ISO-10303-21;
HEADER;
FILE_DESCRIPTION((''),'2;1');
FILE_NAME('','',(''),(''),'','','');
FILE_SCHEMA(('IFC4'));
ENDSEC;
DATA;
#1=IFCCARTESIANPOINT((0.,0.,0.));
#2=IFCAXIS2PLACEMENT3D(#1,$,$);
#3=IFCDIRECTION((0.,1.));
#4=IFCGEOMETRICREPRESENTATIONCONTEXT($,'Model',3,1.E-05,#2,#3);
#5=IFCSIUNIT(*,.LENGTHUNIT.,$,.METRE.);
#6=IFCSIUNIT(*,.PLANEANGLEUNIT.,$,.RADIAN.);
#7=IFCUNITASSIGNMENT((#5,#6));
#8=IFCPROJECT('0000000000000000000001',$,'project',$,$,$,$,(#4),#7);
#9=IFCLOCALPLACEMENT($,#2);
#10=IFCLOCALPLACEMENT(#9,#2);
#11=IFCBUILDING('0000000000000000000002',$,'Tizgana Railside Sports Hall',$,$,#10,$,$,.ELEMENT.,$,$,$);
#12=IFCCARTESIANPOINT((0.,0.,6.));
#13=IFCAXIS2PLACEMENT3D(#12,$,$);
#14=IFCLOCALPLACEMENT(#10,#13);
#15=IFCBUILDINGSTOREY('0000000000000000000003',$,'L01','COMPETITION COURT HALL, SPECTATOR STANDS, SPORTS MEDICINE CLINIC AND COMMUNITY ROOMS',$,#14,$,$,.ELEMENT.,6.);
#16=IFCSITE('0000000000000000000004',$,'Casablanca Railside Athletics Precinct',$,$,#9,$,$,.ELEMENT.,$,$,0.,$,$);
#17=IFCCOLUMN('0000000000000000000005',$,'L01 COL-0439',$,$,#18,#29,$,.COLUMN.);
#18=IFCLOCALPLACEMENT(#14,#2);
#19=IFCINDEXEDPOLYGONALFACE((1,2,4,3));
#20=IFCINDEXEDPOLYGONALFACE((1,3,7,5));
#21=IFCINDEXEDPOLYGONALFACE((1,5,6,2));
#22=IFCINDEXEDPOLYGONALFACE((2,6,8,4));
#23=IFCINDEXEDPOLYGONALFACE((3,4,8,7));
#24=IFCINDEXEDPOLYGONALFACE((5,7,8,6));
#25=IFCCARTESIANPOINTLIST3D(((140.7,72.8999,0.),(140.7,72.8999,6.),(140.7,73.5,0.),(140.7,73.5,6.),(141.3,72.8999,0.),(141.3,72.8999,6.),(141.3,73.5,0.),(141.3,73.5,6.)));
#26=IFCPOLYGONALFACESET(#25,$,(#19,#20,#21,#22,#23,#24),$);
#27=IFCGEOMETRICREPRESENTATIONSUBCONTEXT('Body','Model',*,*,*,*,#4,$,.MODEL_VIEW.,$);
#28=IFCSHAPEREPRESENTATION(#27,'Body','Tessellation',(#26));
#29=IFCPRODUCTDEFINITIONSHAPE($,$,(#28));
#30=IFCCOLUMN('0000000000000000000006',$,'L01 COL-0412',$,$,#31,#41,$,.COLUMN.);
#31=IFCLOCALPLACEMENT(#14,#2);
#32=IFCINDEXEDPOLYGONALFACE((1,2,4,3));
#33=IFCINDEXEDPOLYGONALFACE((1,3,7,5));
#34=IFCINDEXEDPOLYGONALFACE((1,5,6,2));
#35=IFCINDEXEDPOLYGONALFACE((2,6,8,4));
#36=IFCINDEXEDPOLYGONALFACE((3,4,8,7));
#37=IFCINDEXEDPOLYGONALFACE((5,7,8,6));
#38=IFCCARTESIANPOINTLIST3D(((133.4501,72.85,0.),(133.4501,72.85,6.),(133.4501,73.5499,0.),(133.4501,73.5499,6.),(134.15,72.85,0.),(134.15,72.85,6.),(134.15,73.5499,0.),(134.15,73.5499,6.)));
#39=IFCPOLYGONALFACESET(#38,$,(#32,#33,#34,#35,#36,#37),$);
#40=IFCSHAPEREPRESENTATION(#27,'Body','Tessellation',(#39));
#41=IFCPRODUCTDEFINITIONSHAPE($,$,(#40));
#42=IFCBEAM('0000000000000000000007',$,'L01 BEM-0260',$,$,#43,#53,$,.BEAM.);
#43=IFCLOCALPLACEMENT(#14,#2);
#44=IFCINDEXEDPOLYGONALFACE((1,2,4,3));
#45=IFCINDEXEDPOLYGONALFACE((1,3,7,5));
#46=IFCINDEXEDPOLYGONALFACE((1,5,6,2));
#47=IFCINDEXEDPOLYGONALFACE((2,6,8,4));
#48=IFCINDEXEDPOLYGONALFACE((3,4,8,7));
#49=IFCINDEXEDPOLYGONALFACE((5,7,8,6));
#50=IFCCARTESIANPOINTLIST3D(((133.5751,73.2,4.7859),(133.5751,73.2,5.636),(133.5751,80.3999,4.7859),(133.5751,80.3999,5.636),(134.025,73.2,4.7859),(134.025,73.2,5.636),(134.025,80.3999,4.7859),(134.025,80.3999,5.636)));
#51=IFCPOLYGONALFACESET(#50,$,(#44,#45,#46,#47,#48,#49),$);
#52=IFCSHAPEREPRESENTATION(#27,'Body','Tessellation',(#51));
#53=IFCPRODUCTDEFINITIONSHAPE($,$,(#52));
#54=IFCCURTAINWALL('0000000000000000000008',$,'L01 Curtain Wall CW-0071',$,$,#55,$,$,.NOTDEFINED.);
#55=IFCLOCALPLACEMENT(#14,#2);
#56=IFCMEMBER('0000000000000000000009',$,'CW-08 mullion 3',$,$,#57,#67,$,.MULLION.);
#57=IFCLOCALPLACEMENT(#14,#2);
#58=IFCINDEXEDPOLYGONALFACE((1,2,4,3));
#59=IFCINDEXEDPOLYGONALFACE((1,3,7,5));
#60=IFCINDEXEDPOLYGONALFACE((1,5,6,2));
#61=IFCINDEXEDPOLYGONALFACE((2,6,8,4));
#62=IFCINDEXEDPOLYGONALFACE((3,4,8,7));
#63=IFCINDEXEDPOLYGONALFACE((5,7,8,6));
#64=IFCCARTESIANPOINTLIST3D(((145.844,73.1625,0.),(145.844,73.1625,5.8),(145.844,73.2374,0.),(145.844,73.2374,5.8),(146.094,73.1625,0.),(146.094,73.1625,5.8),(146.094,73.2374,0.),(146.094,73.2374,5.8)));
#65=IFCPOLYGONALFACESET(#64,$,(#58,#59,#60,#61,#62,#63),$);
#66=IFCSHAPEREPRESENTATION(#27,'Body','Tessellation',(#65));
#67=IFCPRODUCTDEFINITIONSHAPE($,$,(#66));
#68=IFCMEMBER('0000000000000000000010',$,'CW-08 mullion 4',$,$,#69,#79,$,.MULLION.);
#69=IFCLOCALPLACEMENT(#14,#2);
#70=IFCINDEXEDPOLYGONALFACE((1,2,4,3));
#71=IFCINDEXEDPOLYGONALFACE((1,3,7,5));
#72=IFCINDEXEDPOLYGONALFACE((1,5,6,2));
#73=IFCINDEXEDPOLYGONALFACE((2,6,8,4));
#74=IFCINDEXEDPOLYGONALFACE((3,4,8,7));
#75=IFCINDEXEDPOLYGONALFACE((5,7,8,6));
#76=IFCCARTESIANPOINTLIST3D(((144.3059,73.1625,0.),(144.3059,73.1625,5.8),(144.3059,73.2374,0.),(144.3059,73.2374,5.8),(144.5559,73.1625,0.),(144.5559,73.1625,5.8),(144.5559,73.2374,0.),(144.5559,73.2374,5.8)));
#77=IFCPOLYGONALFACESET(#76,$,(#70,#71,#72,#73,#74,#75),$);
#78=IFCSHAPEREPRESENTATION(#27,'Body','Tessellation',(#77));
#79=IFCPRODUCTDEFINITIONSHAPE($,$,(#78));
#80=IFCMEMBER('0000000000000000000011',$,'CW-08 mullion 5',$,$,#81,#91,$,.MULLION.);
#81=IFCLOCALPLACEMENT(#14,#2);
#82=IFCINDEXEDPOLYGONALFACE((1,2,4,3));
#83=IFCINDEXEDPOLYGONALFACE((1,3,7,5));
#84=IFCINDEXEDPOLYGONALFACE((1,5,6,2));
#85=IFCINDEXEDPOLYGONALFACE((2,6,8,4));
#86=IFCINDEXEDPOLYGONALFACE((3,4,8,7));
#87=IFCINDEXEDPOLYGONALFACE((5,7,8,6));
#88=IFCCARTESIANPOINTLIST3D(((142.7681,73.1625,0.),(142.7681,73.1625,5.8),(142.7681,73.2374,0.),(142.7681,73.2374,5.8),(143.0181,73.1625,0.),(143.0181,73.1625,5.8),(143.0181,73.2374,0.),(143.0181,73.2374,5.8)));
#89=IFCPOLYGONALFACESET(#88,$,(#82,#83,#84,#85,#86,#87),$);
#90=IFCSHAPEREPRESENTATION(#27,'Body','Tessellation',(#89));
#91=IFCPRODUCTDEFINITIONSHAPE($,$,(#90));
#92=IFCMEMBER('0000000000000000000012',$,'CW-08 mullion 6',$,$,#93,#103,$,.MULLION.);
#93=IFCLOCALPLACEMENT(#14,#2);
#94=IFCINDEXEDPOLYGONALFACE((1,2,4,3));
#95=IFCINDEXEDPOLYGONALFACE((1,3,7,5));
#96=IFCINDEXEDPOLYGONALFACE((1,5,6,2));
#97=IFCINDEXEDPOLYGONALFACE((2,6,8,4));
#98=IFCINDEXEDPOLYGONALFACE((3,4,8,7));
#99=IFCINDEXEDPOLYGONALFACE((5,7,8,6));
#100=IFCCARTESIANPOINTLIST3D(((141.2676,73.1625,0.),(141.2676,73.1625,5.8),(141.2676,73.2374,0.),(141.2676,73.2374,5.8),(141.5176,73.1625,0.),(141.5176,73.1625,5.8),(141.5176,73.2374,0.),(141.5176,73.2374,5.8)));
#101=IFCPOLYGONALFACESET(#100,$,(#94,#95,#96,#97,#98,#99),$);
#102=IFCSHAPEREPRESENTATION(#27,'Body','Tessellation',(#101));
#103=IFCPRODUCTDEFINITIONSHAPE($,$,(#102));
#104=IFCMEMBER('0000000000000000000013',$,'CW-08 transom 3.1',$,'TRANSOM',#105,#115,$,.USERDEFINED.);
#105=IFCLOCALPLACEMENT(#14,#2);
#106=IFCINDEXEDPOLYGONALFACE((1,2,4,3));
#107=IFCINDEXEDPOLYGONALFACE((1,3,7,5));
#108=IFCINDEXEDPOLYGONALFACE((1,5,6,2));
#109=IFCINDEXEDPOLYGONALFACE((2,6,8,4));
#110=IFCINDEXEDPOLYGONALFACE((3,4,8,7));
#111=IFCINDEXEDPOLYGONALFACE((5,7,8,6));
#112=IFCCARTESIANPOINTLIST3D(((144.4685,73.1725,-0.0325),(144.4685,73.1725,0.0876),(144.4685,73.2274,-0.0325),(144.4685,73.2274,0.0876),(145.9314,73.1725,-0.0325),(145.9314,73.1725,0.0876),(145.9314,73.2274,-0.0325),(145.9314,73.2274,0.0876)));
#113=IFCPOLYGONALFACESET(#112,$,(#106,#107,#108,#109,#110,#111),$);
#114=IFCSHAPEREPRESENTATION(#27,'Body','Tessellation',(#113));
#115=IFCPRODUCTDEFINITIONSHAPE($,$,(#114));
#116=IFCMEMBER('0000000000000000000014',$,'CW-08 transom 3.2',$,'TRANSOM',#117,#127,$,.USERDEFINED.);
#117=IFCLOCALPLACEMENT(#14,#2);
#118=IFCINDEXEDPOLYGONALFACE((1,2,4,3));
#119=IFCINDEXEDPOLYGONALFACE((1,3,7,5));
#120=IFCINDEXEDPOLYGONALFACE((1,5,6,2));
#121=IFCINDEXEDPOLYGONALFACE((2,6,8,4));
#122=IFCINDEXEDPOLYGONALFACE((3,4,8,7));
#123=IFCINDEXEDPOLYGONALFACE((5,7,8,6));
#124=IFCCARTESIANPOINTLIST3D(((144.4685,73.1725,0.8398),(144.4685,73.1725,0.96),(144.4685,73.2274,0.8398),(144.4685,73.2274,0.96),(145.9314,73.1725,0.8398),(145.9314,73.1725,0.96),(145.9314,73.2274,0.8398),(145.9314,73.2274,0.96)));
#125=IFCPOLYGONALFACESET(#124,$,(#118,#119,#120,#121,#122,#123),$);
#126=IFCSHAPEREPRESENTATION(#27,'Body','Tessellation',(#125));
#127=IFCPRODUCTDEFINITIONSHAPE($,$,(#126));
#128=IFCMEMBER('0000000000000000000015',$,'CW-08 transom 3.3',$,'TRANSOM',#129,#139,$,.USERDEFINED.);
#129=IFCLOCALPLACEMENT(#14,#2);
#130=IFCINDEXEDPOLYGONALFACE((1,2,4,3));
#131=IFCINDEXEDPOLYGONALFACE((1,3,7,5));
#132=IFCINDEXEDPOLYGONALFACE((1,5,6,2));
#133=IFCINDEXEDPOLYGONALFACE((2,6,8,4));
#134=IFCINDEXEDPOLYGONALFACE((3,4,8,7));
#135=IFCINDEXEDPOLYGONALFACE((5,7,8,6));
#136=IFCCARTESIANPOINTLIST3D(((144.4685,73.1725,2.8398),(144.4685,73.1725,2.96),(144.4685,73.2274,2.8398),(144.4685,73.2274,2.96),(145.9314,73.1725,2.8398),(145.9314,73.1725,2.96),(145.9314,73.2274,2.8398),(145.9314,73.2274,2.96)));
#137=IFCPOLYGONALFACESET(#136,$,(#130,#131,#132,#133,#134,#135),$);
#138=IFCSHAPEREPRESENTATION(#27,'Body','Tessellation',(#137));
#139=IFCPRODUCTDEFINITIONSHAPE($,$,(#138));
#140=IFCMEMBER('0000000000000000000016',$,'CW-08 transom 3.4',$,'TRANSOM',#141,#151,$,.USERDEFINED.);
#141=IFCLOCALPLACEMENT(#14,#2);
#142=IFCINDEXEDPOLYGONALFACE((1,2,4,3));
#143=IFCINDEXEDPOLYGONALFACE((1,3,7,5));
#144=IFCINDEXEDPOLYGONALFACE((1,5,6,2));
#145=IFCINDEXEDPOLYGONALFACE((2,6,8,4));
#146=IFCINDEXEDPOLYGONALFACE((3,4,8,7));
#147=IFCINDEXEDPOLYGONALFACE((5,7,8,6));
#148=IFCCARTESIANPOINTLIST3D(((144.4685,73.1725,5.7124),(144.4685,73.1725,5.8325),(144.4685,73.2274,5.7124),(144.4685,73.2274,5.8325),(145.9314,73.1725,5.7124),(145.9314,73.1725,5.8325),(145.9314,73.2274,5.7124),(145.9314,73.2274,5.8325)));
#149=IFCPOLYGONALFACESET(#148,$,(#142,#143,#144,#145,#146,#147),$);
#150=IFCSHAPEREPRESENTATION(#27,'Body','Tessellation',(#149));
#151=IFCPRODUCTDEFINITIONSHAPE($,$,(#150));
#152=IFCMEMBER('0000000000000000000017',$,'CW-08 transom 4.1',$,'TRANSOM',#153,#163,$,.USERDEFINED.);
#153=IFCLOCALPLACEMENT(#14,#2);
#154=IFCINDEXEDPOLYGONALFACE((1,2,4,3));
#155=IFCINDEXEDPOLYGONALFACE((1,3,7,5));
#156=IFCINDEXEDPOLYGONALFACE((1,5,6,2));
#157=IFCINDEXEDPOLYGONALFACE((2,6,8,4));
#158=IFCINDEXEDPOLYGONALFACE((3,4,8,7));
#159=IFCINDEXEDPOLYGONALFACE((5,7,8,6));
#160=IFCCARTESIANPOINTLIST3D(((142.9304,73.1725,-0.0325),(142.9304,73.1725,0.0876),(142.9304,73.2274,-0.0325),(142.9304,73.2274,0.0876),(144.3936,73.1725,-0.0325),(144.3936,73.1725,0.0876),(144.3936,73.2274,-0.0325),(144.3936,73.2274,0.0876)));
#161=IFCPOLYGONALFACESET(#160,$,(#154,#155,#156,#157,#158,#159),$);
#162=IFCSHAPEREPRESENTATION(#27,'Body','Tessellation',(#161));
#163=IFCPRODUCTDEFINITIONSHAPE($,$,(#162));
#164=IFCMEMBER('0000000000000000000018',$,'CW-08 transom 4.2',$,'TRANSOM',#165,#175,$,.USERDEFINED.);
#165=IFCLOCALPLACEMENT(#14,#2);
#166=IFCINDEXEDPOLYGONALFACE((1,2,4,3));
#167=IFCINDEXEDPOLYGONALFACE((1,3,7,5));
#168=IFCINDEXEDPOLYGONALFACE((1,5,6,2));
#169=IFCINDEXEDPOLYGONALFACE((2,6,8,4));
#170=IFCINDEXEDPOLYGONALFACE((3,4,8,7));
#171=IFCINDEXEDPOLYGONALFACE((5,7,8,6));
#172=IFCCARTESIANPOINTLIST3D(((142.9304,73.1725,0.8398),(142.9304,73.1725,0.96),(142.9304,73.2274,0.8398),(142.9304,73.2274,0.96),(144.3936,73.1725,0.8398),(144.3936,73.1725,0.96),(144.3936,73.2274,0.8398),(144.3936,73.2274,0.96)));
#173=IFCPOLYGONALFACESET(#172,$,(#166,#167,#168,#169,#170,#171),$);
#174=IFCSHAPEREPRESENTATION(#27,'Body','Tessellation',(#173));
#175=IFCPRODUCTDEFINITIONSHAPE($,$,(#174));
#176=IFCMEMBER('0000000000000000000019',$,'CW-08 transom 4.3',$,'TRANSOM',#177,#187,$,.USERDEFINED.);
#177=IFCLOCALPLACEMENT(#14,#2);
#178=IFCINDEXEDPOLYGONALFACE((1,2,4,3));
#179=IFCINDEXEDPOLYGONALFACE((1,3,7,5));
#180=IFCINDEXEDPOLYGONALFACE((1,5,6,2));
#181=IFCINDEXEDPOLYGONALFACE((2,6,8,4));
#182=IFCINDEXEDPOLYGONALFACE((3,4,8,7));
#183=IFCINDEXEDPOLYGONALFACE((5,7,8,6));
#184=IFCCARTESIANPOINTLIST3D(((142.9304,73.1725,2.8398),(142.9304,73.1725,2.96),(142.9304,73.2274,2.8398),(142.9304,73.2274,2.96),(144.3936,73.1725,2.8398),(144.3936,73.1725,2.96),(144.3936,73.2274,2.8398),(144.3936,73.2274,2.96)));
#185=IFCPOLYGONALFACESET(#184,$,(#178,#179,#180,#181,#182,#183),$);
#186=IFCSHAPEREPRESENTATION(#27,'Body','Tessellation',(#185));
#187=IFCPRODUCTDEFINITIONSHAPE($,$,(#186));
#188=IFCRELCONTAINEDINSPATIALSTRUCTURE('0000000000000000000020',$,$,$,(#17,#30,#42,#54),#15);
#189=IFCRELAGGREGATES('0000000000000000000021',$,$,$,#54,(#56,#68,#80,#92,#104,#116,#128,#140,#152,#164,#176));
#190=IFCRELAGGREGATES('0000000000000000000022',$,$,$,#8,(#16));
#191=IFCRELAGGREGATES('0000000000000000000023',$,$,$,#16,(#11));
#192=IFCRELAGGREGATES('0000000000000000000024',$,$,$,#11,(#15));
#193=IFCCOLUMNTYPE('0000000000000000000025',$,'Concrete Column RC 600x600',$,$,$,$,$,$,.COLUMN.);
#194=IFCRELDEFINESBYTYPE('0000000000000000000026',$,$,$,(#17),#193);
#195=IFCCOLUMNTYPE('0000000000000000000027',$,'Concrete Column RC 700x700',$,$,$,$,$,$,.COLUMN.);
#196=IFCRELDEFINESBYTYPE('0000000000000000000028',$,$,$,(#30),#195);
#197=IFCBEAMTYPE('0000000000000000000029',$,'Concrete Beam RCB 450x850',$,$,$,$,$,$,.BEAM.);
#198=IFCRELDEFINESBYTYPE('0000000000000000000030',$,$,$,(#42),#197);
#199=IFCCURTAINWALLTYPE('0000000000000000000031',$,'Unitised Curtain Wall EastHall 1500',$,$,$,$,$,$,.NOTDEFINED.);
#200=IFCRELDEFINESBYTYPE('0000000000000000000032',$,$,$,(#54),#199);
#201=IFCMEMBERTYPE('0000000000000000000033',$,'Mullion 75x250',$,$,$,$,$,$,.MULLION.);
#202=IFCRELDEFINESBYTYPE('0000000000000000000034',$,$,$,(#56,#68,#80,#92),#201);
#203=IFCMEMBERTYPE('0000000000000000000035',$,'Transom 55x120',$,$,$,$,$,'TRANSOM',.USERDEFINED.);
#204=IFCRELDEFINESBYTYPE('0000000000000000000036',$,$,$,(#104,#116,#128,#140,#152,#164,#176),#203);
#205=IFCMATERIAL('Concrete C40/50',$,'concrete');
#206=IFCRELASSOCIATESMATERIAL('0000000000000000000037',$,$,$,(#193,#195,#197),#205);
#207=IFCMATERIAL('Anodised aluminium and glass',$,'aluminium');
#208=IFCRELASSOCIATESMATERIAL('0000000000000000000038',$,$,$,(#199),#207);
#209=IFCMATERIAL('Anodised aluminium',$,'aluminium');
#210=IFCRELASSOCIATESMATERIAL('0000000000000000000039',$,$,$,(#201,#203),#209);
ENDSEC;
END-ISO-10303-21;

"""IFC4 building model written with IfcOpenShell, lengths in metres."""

from ifc_helpers import new_model, si_unit, direction, frame, origin, origin_2d, place, context, subcontext, project, spatial, rectangle, extrude, material, material_profile, profile_set, type_object, element, aggregate, save


model = new_model("IFC4")

# Units and contexts
model_context = context("Model", 3, precision=1e-05, world=origin(), true_north=direction((0.0, 1.0)))
body_context = subcontext(model_context, "Body", "Model", "MODEL_VIEW")
ifc_project = project(units=[si_unit("LENGTHUNIT", "METRE"), si_unit("PLANEANGLEUNIT", "RADIAN")], contexts=[model_context])

# Site, building, storey
site_placement = place(None, origin())
site = spatial("IfcSite", under=ifc_project, at=site_placement, Name="Casablanca Railside Athletics Precinct", CompositionType="ELEMENT", RefElevation=0.0)
building_placement = place(site_placement, origin())
building = spatial("IfcBuilding", under=site, at=building_placement, Name="Tizgana Railside Sports Hall", CompositionType="ELEMENT")
storey_placement = place(building_placement, frame((0.0, 0.0, 6.0)))
storey = spatial("IfcBuildingStorey", under=building, at=storey_placement, Name="L01", Description="COMPETITION COURT HALL, SPECTATOR STANDS, SPORTS MEDICINE CLINIC AND COMMUNITY ROOMS", CompositionType="ELEMENT", Elevation=6.0)

# Columns
ifc_material_1 = material(Name="Concrete C40/50", Category="concrete")
ifc_material_profile_1 = material_profile(ifc_material_1, rectangle(XDim=0.6001, YDim=0.6001, at=origin_2d()), Name="RC 600x600")
ifc_profile_set_1 = profile_set([ifc_material_profile_1], Name="Concrete C40/50")
column_type_1 = type_object("IfcColumnType", Name="Concrete Column RC 600x600", PredefinedType="COLUMN", material=ifc_profile_set_1)
column_1_placement = place(storey_placement, frame((141.0, 73.2, 0.0), z_axis=(0.0, 0.0, 1.0), x_axis=(1.0, 0.0, 0.0)))
element("IfcColumn", 1, at=column_1_placement, inside=storey, type_object=column_type_1, Name="L01 COL-0439", PredefinedType="COLUMN", context=body_context, shape_type="SweptSolid", body=[
    extrude(rectangle(XDim=0.6001, YDim=0.6001, at=origin_2d()), origin(), (0.0, 0.0, 1.0), 6.0),
])
ifc_material_profile_2 = material_profile(ifc_material_1, rectangle(XDim=0.7, YDim=0.7, at=origin_2d()), Name="RC 700x700")
ifc_profile_set_2 = profile_set([ifc_material_profile_2], Name="Concrete C40/50")
column_type_2 = type_object("IfcColumnType", Name="Concrete Column RC 700x700", PredefinedType="COLUMN", material=ifc_profile_set_2)
column_2_placement = place(storey_placement, frame((133.8, 73.2, 0.0), z_axis=(0.0, 0.0, 1.0), x_axis=(1.0, 0.0, 0.0)))
element("IfcColumn", 2, at=column_2_placement, inside=storey, type_object=column_type_2, Name="L01 COL-0412", PredefinedType="COLUMN", context=body_context, shape_type="SweptSolid", body=[
    extrude(rectangle(XDim=0.7, YDim=0.7, at=origin_2d()), origin(), (0.0, 0.0, 1.0), 6.0),
])

# Beam
ifc_material_profile_3 = material_profile(ifc_material_1, rectangle(XDim=0.45, YDim=0.8501, at=origin_2d()), Name="RCB 450x850")
ifc_profile_set_3 = profile_set([ifc_material_profile_3], Name="Concrete C40/50")
beam_type = type_object("IfcBeamType", Name="Concrete Beam RCB 450x850", PredefinedType="BEAM", material=ifc_profile_set_3)
beam_placement = place(storey_placement, frame((133.8, 73.2, 5.2109), z_axis=(0.0, 1.0, 0.0), x_axis=(-1.0, 0.0, 0.0)))
element("IfcBeam", 3, at=beam_placement, inside=storey, type_object=beam_type, Name="L01 BEM-0260", PredefinedType="BEAM", context=body_context, shape_type="SweptSolid", body=[
    extrude(rectangle(XDim=0.45, YDim=0.8501, at=origin_2d()), origin(), (0.0, 0.0, 1.0), 7.2),
])

# Curtain wall, members
ifc_material_2 = material(Name="Anodised aluminium and glass", Category="aluminium")
curtain_wall_type_1 = type_object("IfcCurtainWallType", Name="Unitised Curtain Wall EastHall 1500", PredefinedType="NOTDEFINED", material=ifc_material_2)
curtain_wall_1_placement = place(storey_placement, origin())
curtain_wall_1 = element("IfcCurtainWall", 4, at=curtain_wall_1_placement, inside=storey, type_object=curtain_wall_type_1, Name="L01 Curtain Wall CW-0071", PredefinedType="NOTDEFINED")
ifc_material_3 = material(Name="Anodised aluminium", Category="aluminium")
ifc_material_profile_4 = material_profile(ifc_material_3, rectangle(XDim=0.075, YDim=0.25, at=origin_2d()), Name="Mullion 75x250")
ifc_profile_set_4 = profile_set([ifc_material_profile_4], Name="Anodised aluminium")
member_type_1 = type_object("IfcMemberType", Name="Mullion 75x250", PredefinedType="MULLION", material=ifc_profile_set_4)
member_1_placement = place(storey_placement, frame((145.969, 73.2, 0.0), z_axis=(0.0, 0.0, 1.0), x_axis=(0.0, -1.0, 0.0)))
member_1 = element("IfcMember", 5, at=member_1_placement, type_object=member_type_1, Name="CW-08 mullion 3", PredefinedType="MULLION", context=body_context, shape_type="SweptSolid", body=[
    extrude(rectangle(XDim=0.075, YDim=0.25, at=origin_2d()), origin(), (0.0, 0.0, 1.0), 5.8),
])
member_2_placement = place(storey_placement, frame((144.4309, 73.2, 0.0), z_axis=(0.0, 0.0, 1.0), x_axis=(0.0, -1.0, 0.0)))
member_2 = element("IfcMember", 6, at=member_2_placement, type_object=member_type_1, Name="CW-08 mullion 4", PredefinedType="MULLION", context=body_context, shape_type="SweptSolid", body=[
    extrude(rectangle(XDim=0.075, YDim=0.25, at=origin_2d()), origin(), (0.0, 0.0, 1.0), 5.8),
])
member_3_placement = place(storey_placement, frame((142.8931, 73.2, 0.0), z_axis=(0.0, 0.0, 1.0), x_axis=(0.0, -1.0, 0.0)))
member_3 = element("IfcMember", 7, at=member_3_placement, type_object=member_type_1, Name="CW-08 mullion 5", PredefinedType="MULLION", context=body_context, shape_type="SweptSolid", body=[
    extrude(rectangle(XDim=0.075, YDim=0.25, at=origin_2d()), origin(), (0.0, 0.0, 1.0), 5.8),
])
member_4_placement = place(storey_placement, frame((141.3926, 73.2, 0.0), z_axis=(0.0, 0.0, 1.0), x_axis=(0.0, -1.0, 0.0)))
member_4 = element("IfcMember", 8, at=member_4_placement, type_object=member_type_1, Name="CW-08 mullion 6", PredefinedType="MULLION", context=body_context, shape_type="SweptSolid", body=[
    extrude(rectangle(XDim=0.075, YDim=0.25, at=origin_2d()), origin(), (0.0, 0.0, 1.0), 5.8),
])
ifc_material_profile_5 = material_profile(ifc_material_3, rectangle(XDim=0.0549, YDim=0.1201, at=origin_2d()), Name="Transom 55x120")
ifc_profile_set_5 = profile_set([ifc_material_profile_5], Name="Anodised aluminium")
member_type_2 = type_object("IfcMemberType", Name="Transom 55x120", ElementType="TRANSOM", PredefinedType="USERDEFINED", material=ifc_profile_set_5)
member_5_placement = place(storey_placement, frame((145.9314, 73.2, 0.0276), z_axis=(-1.0, 0.0, 0.0), x_axis=(0.0, -1.0, 0.0)))
member_5 = element("IfcMember", 9, at=member_5_placement, type_object=member_type_2, Name="CW-08 transom 3.1", ObjectType="TRANSOM", PredefinedType="USERDEFINED", context=body_context, shape_type="SweptSolid", body=[
    extrude(rectangle(XDim=0.0549, YDim=0.1201, at=origin_2d()), origin(), (0.0, 0.0, 1.0), 1.4629),
])
member_6_placement = place(storey_placement, frame((145.9314, 73.2, 0.8999), z_axis=(-1.0, 0.0, 0.0), x_axis=(0.0, -1.0, 0.0)))
member_6 = element("IfcMember", 10, at=member_6_placement, type_object=member_type_2, Name="CW-08 transom 3.2", ObjectType="TRANSOM", PredefinedType="USERDEFINED", context=body_context, shape_type="SweptSolid", body=[
    extrude(rectangle(XDim=0.0549, YDim=0.1201, at=origin_2d()), origin(), (0.0, 0.0, 1.0), 1.4629),
])
member_7_placement = place(storey_placement, frame((145.9314, 73.2, 2.8999), z_axis=(-1.0, 0.0, 0.0), x_axis=(0.0, -1.0, 0.0)))
member_7 = element("IfcMember", 11, at=member_7_placement, type_object=member_type_2, Name="CW-08 transom 3.3", ObjectType="TRANSOM", PredefinedType="USERDEFINED", context=body_context, shape_type="SweptSolid", body=[
    extrude(rectangle(XDim=0.0549, YDim=0.1201, at=origin_2d()), origin(), (0.0, 0.0, 1.0), 1.4629),
])
member_8_placement = place(storey_placement, frame((145.9314, 73.2, 5.7725), z_axis=(-1.0, 0.0, 0.0), x_axis=(0.0, -1.0, 0.0)))
member_8 = element("IfcMember", 12, at=member_8_placement, type_object=member_type_2, Name="CW-08 transom 3.4", ObjectType="TRANSOM", PredefinedType="USERDEFINED", context=body_context, shape_type="SweptSolid", body=[
    extrude(rectangle(XDim=0.0549, YDim=0.1201, at=origin_2d()), origin(), (0.0, 0.0, 1.0), 1.4629),
])
member_9_placement = place(storey_placement, frame((144.3936, 73.2, 0.0276), z_axis=(-1.0, 0.0, 0.0), x_axis=(0.0, -1.0, 0.0)))
member_9 = element("IfcMember", 13, at=member_9_placement, type_object=member_type_2, Name="CW-08 transom 4.1", ObjectType="TRANSOM", PredefinedType="USERDEFINED", context=body_context, shape_type="SweptSolid", body=[
    extrude(rectangle(XDim=0.0549, YDim=0.1201, at=origin_2d()), origin(), (0.0, 0.0, 1.0), 1.4631),
])
member_10_placement = place(storey_placement, frame((144.3936, 73.2, 0.8999), z_axis=(-1.0, 0.0, 0.0), x_axis=(0.0, -1.0, 0.0)))
member_10 = element("IfcMember", 14, at=member_10_placement, type_object=member_type_2, Name="CW-08 transom 4.2", ObjectType="TRANSOM", PredefinedType="USERDEFINED", context=body_context, shape_type="SweptSolid", body=[
    extrude(rectangle(XDim=0.0549, YDim=0.1201, at=origin_2d()), origin(), (0.0, 0.0, 1.0), 1.4631),
])
member_11_placement = place(storey_placement, frame((144.3936, 73.2, 2.8999), z_axis=(-1.0, 0.0, 0.0), x_axis=(0.0, -1.0, 0.0)))
member_11 = element("IfcMember", 15, at=member_11_placement, type_object=member_type_2, Name="CW-08 transom 4.3", ObjectType="TRANSOM", PredefinedType="USERDEFINED", context=body_context, shape_type="SweptSolid", body=[
    extrude(rectangle(XDim=0.0549, YDim=0.1201, at=origin_2d()), origin(), (0.0, 0.0, 1.0), 1.4631),
])

aggregate(curtain_wall_1, [member_1, member_2, member_3, member_4, member_5, member_6, member_7, member_8, member_9, member_10, member_11])

save(model, "model.ifc")
